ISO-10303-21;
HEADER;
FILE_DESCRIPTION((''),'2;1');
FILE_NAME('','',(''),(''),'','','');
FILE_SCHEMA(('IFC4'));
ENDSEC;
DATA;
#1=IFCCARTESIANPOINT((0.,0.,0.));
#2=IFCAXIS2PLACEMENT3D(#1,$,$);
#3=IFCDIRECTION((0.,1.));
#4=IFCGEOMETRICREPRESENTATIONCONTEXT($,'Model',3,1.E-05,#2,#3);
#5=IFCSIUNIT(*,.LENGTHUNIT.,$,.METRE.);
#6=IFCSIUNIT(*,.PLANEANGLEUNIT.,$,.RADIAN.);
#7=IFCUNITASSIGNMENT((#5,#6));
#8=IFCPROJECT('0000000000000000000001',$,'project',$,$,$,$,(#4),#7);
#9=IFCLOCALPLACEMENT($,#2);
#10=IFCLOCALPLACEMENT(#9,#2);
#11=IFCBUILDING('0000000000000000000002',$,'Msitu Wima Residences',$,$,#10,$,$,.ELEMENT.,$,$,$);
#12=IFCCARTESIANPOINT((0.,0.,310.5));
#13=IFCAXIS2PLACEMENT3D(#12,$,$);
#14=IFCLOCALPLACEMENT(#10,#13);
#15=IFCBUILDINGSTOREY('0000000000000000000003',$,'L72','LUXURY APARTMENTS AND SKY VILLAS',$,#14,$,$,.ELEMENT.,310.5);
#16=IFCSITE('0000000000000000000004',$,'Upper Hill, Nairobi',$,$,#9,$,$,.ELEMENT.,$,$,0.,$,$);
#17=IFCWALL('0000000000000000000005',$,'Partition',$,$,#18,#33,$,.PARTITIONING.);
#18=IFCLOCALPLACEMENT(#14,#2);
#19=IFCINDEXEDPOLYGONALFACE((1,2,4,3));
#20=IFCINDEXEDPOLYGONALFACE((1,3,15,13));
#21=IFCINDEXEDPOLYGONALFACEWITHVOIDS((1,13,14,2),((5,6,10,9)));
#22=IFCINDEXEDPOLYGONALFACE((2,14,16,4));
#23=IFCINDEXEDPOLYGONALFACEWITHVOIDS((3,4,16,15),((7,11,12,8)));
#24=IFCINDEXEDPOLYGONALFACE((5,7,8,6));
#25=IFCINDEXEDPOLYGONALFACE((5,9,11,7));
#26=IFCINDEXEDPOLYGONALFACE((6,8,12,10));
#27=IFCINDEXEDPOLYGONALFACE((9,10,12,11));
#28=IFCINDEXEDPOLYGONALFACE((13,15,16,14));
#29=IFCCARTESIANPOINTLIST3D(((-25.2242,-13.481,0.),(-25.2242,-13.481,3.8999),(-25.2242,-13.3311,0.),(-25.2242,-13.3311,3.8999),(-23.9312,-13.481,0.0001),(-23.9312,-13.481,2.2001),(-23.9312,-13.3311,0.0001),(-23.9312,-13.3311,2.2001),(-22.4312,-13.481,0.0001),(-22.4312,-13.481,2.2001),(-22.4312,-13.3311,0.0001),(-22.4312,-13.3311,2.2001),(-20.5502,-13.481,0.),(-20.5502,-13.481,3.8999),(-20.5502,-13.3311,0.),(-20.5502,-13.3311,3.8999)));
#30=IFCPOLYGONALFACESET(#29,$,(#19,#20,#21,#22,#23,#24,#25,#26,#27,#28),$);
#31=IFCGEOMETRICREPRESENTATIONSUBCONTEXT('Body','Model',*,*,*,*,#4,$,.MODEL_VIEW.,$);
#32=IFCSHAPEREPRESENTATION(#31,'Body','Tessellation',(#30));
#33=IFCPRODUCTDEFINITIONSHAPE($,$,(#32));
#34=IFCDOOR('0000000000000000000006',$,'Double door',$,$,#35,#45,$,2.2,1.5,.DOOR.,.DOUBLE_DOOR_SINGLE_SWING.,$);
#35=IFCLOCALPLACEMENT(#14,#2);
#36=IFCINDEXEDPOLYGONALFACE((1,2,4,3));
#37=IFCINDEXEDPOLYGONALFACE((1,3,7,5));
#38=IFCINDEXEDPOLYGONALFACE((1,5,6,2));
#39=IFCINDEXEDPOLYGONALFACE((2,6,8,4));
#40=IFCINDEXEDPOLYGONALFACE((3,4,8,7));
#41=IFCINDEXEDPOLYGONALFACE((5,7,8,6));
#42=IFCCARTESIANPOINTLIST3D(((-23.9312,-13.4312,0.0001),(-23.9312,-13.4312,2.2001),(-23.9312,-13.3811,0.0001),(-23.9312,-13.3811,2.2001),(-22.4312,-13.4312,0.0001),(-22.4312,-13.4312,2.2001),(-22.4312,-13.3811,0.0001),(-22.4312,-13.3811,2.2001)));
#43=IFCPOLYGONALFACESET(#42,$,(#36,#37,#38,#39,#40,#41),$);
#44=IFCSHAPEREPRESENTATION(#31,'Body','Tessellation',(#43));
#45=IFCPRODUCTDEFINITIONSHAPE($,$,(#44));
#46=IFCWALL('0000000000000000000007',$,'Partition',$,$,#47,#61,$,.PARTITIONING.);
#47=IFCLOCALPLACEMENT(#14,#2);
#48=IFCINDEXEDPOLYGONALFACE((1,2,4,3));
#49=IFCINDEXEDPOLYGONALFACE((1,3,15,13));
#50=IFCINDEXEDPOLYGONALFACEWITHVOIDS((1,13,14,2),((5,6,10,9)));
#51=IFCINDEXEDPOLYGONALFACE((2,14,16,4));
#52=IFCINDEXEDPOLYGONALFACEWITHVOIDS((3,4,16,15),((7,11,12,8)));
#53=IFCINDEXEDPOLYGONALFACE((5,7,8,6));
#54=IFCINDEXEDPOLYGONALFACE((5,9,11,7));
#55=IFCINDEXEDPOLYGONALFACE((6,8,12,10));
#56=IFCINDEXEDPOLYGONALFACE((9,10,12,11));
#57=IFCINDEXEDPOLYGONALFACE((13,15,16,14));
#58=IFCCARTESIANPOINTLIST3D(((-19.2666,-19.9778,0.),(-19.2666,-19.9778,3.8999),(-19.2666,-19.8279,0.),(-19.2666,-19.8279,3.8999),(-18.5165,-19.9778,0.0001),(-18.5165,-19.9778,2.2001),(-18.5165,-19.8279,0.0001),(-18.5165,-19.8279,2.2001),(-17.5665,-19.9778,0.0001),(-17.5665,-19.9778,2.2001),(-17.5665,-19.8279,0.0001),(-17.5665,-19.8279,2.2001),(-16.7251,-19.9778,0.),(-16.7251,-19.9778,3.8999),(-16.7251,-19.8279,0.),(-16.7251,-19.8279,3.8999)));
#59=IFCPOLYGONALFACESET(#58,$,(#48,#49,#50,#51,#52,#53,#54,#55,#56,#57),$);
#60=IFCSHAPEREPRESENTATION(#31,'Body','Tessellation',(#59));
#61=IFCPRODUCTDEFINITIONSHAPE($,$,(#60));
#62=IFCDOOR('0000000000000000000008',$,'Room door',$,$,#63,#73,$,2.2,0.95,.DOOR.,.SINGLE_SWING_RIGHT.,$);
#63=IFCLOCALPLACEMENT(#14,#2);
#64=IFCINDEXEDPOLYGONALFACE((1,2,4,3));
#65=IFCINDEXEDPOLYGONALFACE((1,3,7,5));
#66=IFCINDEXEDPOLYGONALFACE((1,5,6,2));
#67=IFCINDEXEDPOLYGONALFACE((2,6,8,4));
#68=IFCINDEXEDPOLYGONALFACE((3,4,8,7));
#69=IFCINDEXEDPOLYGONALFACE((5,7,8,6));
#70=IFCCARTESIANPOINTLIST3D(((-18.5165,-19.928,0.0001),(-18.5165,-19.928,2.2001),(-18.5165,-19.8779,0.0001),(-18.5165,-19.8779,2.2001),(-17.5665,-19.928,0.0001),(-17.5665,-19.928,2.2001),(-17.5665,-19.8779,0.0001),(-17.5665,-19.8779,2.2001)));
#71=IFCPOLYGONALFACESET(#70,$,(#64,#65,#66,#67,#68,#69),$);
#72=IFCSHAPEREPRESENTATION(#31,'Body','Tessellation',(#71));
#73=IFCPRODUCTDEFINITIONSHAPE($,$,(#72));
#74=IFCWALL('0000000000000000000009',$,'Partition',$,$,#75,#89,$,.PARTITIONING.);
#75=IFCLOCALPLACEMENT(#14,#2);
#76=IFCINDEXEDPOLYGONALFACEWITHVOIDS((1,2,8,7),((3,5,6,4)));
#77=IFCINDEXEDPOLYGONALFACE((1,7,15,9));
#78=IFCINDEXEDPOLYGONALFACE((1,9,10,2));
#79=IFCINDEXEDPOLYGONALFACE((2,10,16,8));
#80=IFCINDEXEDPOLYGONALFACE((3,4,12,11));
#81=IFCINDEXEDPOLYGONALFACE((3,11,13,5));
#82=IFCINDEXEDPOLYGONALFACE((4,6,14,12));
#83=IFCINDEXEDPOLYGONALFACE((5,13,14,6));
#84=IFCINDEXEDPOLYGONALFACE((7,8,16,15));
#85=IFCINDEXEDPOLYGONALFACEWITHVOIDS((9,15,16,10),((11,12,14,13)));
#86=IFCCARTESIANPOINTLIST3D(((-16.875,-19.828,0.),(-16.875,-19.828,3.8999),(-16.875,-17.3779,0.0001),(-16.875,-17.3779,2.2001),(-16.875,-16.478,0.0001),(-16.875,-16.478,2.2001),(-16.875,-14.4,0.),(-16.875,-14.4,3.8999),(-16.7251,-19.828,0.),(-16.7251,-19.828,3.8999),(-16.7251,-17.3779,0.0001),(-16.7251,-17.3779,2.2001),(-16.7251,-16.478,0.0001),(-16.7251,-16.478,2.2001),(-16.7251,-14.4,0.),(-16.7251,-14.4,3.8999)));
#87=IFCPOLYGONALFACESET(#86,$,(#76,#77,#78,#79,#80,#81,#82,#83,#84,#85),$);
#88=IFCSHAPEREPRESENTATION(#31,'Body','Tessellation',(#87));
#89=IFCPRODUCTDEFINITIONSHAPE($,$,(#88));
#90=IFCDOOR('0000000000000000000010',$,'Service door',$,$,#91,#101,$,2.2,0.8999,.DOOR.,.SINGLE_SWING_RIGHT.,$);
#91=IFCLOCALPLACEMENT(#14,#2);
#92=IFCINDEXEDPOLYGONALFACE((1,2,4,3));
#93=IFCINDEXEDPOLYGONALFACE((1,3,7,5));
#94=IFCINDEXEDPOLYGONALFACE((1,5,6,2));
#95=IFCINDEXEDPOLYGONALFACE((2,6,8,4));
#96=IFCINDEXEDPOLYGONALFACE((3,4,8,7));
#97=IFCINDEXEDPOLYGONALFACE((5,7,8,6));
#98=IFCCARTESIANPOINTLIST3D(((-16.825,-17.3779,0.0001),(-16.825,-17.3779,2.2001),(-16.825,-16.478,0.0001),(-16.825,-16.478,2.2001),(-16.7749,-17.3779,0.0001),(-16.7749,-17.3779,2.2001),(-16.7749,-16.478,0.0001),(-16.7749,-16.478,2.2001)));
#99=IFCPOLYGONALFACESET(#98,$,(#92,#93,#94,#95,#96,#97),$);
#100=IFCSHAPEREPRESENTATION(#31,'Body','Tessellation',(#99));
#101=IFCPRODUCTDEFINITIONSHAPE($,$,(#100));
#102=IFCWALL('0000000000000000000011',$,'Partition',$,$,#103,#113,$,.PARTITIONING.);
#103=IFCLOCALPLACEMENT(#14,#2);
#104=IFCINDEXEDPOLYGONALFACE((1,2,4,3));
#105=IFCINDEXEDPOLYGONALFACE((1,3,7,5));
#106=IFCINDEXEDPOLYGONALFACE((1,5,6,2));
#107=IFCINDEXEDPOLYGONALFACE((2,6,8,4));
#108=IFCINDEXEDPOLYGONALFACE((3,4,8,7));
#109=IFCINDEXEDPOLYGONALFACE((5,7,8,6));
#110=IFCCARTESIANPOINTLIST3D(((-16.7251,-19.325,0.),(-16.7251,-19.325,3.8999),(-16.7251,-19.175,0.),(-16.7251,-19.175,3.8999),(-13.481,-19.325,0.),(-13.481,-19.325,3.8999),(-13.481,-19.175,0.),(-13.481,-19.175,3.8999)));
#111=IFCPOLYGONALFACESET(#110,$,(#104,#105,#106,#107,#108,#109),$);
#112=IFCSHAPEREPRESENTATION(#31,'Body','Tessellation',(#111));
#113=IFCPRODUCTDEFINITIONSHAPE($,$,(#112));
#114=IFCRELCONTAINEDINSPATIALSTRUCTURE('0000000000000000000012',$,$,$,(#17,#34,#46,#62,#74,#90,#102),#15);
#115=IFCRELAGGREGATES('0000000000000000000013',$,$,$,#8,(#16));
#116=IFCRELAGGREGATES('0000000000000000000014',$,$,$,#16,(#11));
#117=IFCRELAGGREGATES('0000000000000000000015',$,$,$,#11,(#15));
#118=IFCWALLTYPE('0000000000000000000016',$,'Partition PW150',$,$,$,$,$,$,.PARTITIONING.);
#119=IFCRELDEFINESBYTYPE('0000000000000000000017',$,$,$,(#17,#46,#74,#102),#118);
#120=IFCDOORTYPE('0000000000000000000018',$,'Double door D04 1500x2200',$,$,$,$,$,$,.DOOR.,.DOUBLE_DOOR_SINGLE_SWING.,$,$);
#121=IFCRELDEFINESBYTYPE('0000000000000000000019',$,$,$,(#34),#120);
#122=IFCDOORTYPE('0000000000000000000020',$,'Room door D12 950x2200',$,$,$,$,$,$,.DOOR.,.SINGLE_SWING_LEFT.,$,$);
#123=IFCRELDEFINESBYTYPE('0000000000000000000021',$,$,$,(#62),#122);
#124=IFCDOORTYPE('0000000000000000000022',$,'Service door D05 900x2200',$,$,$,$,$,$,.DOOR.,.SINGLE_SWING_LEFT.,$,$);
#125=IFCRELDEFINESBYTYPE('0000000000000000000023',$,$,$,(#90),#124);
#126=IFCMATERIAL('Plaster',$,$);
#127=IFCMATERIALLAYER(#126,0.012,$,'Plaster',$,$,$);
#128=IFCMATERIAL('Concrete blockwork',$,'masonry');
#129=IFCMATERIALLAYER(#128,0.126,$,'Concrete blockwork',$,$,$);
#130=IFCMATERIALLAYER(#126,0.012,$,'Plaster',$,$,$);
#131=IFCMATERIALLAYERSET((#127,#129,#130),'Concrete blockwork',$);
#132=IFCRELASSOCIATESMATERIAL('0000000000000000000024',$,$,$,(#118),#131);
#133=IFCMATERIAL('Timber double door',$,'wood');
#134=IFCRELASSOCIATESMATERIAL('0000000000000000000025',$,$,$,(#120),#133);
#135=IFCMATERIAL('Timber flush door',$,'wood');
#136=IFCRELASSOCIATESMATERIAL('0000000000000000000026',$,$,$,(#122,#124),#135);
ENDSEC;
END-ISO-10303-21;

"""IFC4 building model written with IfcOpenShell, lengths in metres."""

from ifc_helpers import new_model, si_unit, direction, frame, frame_2d, origin, place, context, subcontext, project, spatial, rectangle, extrude, material, layer, layer_set, type_object, element, fill, save


model = new_model("IFC4")

# Units and contexts
model_context = context("Model", 3, precision=1e-05, world=origin(), true_north=direction((0.0, 1.0)))
body_context = subcontext(model_context, "Body", "Model", "MODEL_VIEW")
ifc_project = project(units=[si_unit("LENGTHUNIT", "METRE"), si_unit("PLANEANGLEUNIT", "RADIAN")], contexts=[model_context])

# Site, building, storey
site_placement = place(None, origin())
site = spatial("IfcSite", under=ifc_project, at=site_placement, Name="Upper Hill, Nairobi", CompositionType="ELEMENT", RefElevation=0.0)
building_placement = place(site_placement, origin())
building = spatial("IfcBuilding", under=site, at=building_placement, Name="Msitu Wima Residences", CompositionType="ELEMENT")
storey_placement = place(building_placement, frame((0.0, 0.0, 310.5)))
storey = spatial("IfcBuildingStorey", under=building, at=storey_placement, Name="L72", Description="LUXURY APARTMENTS AND SKY VILLAS", CompositionType="ELEMENT", Elevation=310.5)

# Shared definitions
ifc_material_1 = material(Name="Plaster")
ifc_material_2 = material(Name="Concrete blockwork", Category="masonry")

# Shared definitions
ifc_layer_1 = layer(ifc_material_1, 0.012, Name="Plaster")
ifc_layer_2 = layer(ifc_material_2, 0.126, Name="Concrete blockwork")
ifc_layer_3 = layer(ifc_material_1, 0.012, Name="Plaster")
ifc_layer_set_1 = layer_set([ifc_layer_1, ifc_layer_2, ifc_layer_3], Name="Concrete blockwork")
wall_type_1 = type_object("IfcWallType", Name="Partition PW150", PredefinedType="PARTITIONING", material=ifc_layer_set_1)

# Walls, openings, doors
wall_1_placement = place(storey_placement, frame((-25.2241, -13.406, 0.0), z_axis=(0.0, 0.0, 1.0), x_axis=(1.0, 0.0, 0.0)))
wall_1 = element("IfcWall", 1, at=wall_1_placement, inside=storey, type_object=wall_type_1, Name="Partition", PredefinedType="PARTITIONING", context=body_context, shape_type="SweptSolid", body=[
    extrude(rectangle(XDim=4.6741, YDim=0.1499, at=frame_2d((2.3369, 0.0))), origin(), (0.0, 0.0, 1.0), 3.8999),
])
opening_1_placement = place(wall_1_placement, frame((1.293, 0.0, 0.0)))
opening_1 = element("IfcOpeningElement", 2, at=opening_1_placement, cuts=wall_1, PredefinedType="OPENING", context=body_context, shape_type="SweptSolid", body=[
    extrude(rectangle(XDim=1.5, YDim=2.2, at=frame_2d((0.75, 1.1001))), frame((0.0, 0.085, 0.0), z_axis=(0.0, -1.0, 0.0), x_axis=(1.0, 0.0, 0.0)), (0.0, 0.0, 1.0), 0.1699),
])
ifc_material_3 = material(Name="Timber double door", Category="wood")
door_type_1 = type_object("IfcDoorType", Name="Double door D04 1500x2200", OperationType="DOUBLE_DOOR_SINGLE_SWING", PredefinedType="DOOR", material=ifc_material_3)
door_1_placement = place(opening_1_placement, origin())
door_1 = element("IfcDoor", 3, at=door_1_placement, inside=storey, type_object=door_type_1, Name="Double door", OperationType="DOUBLE_DOOR_SINGLE_SWING", OverallHeight=2.2, OverallWidth=1.5, PredefinedType="DOOR", context=body_context, shape_type="SweptSolid", body=[
    extrude(rectangle(XDim=1.5, YDim=2.2, at=frame_2d((0.75, 1.1001))), frame((0.0, 0.0249, 0.0), z_axis=(0.0, -1.0, 0.0), x_axis=(1.0, 0.0, 0.0)), (0.0, 0.0, 1.0), 0.05),
])
fill(opening_1, door_1)
wall_2_placement = place(storey_placement, frame((-19.2666, -19.9028, 0.0), z_axis=(0.0, 0.0, 1.0), x_axis=(1.0, 0.0, 0.0)))
wall_2 = element("IfcWall", 4, at=wall_2_placement, inside=storey, type_object=wall_type_1, Name="Partition", PredefinedType="PARTITIONING", context=body_context, shape_type="SweptSolid", body=[
    extrude(rectangle(XDim=2.5415, YDim=0.1499, at=frame_2d((1.2708, 0.0))), origin(), (0.0, 0.0, 1.0), 3.8999),
])
opening_2_placement = place(wall_2_placement, frame((0.75, 0.0, 0.0)))
opening_2 = element("IfcOpeningElement", 5, at=opening_2_placement, cuts=wall_2, PredefinedType="OPENING", context=body_context, shape_type="SweptSolid", body=[
    extrude(rectangle(XDim=0.95, YDim=2.2, at=frame_2d((0.4751, 1.1001))), frame((0.0, 0.085, 0.0), z_axis=(0.0, -1.0, 0.0), x_axis=(1.0, 0.0, 0.0)), (0.0, 0.0, 1.0), 0.1699),
])
ifc_material_4 = material(Name="Timber flush door", Category="wood")
door_type_2 = type_object("IfcDoorType", Name="Room door D12 950x2200", OperationType="SINGLE_SWING_LEFT", PredefinedType="DOOR", material=ifc_material_4)
door_2_placement = place(opening_2_placement, origin())
door_2 = element("IfcDoor", 6, at=door_2_placement, inside=storey, type_object=door_type_2, Name="Room door", OperationType="SINGLE_SWING_RIGHT", OverallHeight=2.2, OverallWidth=0.95, PredefinedType="DOOR", context=body_context, shape_type="SweptSolid", body=[
    extrude(rectangle(XDim=0.95, YDim=2.2, at=frame_2d((0.4751, 1.1001))), frame((0.0, 0.0249, 0.0), z_axis=(0.0, -1.0, 0.0), x_axis=(1.0, 0.0, 0.0)), (0.0, 0.0, 1.0), 0.05),
])
fill(opening_2, door_2)
wall_3_placement = place(storey_placement, frame((-16.8, -19.8279, 0.0), z_axis=(0.0, 0.0, 1.0), x_axis=(0.0, 1.0, 0.0)))
wall_3 = element("IfcWall", 7, at=wall_3_placement, inside=storey, type_object=wall_type_1, Name="Partition", PredefinedType="PARTITIONING", context=body_context, shape_type="SweptSolid", body=[
    extrude(rectangle(XDim=5.428, YDim=0.1499, at=frame_2d((2.7139, 0.0))), origin(), (0.0, 0.0, 1.0), 3.8999),
])
opening_3_placement = place(wall_3_placement, frame((2.45, 0.0, 0.0)))
opening_3 = element("IfcOpeningElement", 8, at=opening_3_placement, cuts=wall_3, PredefinedType="OPENING", context=body_context, shape_type="SweptSolid", body=[
    extrude(rectangle(XDim=0.8999, YDim=2.2, at=frame_2d((0.45, 1.1001))), frame((0.0, 0.085, 0.0), z_axis=(0.0, -1.0, 0.0), x_axis=(1.0, 0.0, 0.0)), (0.0, 0.0, 1.0), 0.1699),
])
door_type_3 = type_object("IfcDoorType", Name="Service door D05 900x2200", OperationType="SINGLE_SWING_LEFT", PredefinedType="DOOR", material=ifc_material_4)
door_3_placement = place(opening_3_placement, origin())
door_3 = element("IfcDoor", 9, at=door_3_placement, inside=storey, type_object=door_type_3, Name="Service door", OperationType="SINGLE_SWING_RIGHT", OverallHeight=2.2, OverallWidth=0.8999, PredefinedType="DOOR", context=body_context, shape_type="SweptSolid", body=[
    extrude(rectangle(XDim=0.8999, YDim=2.2, at=frame_2d((0.45, 1.1001))), frame((0.0, 0.0249, 0.0), z_axis=(0.0, -1.0, 0.0), x_axis=(1.0, 0.0, 0.0)), (0.0, 0.0, 1.0), 0.05),
])
fill(opening_3, door_3)

# Wall
wall_4_placement = place(storey_placement, frame((-16.7251, -19.25, 0.0), z_axis=(0.0, 0.0, 1.0), x_axis=(1.0, 0.0, 0.0)))
element("IfcWall", 10, at=wall_4_placement, inside=storey, type_object=wall_type_1, Name="Partition", PredefinedType="PARTITIONING", context=body_context, shape_type="SweptSolid", body=[
    extrude(rectangle(XDim=3.2441, YDim=0.1499, at=frame_2d((1.6221, 0.0))), origin(), (0.0, 0.0, 1.0), 3.8999),
])

save(model, "model.ifc")
